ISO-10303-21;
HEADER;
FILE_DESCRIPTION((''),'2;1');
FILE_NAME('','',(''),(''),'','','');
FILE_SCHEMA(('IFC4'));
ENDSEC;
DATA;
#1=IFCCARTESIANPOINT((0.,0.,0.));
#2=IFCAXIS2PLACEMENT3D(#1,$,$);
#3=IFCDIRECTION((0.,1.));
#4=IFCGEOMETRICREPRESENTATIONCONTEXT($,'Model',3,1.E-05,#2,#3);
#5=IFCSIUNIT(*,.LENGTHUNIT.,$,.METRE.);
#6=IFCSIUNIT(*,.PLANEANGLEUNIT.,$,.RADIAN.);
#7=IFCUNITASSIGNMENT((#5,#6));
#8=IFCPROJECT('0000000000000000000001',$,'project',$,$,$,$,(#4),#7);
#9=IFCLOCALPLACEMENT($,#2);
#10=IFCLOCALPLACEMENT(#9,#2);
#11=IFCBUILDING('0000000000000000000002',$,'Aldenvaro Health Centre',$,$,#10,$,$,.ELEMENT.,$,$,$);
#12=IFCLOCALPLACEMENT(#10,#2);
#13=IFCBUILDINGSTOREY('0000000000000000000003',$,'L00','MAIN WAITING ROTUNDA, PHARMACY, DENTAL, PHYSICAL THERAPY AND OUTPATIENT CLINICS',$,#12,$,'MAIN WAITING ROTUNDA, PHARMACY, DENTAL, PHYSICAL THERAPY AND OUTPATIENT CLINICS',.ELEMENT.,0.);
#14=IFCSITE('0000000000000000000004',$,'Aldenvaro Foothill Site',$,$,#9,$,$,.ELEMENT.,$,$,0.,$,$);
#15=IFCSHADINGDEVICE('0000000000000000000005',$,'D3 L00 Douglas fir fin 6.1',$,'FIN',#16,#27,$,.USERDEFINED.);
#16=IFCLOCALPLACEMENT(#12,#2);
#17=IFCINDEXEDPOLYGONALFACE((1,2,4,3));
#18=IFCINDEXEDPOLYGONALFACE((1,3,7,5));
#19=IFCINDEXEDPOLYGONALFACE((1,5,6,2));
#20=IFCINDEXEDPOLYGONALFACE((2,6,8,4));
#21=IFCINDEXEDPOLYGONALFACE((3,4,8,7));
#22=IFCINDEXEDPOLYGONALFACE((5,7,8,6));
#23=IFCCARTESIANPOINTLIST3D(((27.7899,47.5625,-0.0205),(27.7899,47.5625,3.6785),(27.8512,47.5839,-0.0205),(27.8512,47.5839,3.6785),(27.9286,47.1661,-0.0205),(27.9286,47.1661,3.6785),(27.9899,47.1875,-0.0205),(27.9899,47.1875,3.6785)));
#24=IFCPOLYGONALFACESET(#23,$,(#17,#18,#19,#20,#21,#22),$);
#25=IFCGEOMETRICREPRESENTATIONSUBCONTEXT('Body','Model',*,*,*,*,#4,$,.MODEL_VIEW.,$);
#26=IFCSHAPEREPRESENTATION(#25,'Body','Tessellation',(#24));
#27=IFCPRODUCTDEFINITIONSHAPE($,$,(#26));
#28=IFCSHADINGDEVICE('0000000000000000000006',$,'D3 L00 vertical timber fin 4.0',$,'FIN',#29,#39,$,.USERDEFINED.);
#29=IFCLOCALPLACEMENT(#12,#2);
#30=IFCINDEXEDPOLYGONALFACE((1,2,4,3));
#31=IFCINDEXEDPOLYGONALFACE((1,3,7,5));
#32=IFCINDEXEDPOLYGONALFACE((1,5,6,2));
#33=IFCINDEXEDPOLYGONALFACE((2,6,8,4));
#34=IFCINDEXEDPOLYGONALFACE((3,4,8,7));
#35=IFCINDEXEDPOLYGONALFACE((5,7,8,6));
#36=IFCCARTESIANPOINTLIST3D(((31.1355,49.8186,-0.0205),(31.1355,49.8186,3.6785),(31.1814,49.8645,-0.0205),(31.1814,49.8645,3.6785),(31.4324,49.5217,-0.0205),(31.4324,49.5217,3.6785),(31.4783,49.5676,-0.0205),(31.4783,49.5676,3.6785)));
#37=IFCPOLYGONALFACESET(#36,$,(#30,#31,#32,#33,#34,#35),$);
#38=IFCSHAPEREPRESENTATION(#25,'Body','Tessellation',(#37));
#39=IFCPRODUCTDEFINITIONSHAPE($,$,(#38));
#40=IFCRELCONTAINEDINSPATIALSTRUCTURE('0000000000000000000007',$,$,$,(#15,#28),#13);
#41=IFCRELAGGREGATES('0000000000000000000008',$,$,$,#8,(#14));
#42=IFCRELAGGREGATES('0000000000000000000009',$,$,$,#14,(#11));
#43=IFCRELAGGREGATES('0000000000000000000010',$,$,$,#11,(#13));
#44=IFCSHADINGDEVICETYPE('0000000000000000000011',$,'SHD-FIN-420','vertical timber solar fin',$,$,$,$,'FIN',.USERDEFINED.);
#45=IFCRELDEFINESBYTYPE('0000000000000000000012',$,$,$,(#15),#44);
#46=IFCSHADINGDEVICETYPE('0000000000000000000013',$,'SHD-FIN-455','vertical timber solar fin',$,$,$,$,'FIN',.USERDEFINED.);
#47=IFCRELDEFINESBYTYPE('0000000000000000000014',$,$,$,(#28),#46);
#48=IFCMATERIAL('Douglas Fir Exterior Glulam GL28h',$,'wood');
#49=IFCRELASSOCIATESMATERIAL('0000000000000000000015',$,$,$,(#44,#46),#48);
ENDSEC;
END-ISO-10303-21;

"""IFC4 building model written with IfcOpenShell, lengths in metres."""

from ifc_helpers import new_model, si_unit, direction, frame, origin, origin_2d, place, context, subcontext, project, spatial, rectangle, extrude, material, type_object, element, save


model = new_model("IFC4")

# Units and contexts
model_context = context("Model", 3, precision=1e-05, world=origin(), true_north=direction((0.0, 1.0)))
body_context = subcontext(model_context, "Body", "Model", "MODEL_VIEW")
ifc_project = project(units=[si_unit("LENGTHUNIT", "METRE"), si_unit("PLANEANGLEUNIT", "RADIAN")], contexts=[model_context])

# Site, building, storey
site_placement = place(None, origin())
site = spatial("IfcSite", under=ifc_project, at=site_placement, Name="Aldenvaro Foothill Site", CompositionType="ELEMENT", RefElevation=0.0)
building_placement = place(site_placement, origin())
building = spatial("IfcBuilding", under=site, at=building_placement, Name="Aldenvaro Health Centre", CompositionType="ELEMENT")
storey_placement = place(building_placement, origin())
storey = spatial("IfcBuildingStorey", under=building, at=storey_placement, Name="L00", Description="MAIN WAITING ROTUNDA, PHARMACY, DENTAL, PHYSICAL THERAPY AND OUTPATIENT CLINICS", LongName="MAIN WAITING ROTUNDA, PHARMACY, DENTAL, PHYSICAL THERAPY AND OUTPATIENT CLINICS", CompositionType="ELEMENT", Elevation=0.0)

# Shading devices
ifc_material_1 = material(Name="Douglas Fir Exterior Glulam GL28h", Category="wood")
shading_device_type_1 = type_object("IfcShadingDeviceType", Name="SHD-FIN-420", Description="vertical timber solar fin", ElementType="FIN", PredefinedType="USERDEFINED", material=ifc_material_1)
shading_device_1_placement = place(storey_placement, frame((27.8899, 47.375, -0.0205), z_axis=(0.0, 0.0, 1.0), x_axis=(-0.943909, -0.330204, 0.0)))
element("IfcShadingDevice", 1, at=shading_device_1_placement, inside=storey, type_object=shading_device_type_1, Name="D3 L00 Douglas fir fin 6.1", ObjectType="FIN", PredefinedType="USERDEFINED", context=body_context, shape_type="SweptSolid", body=[
    extrude(rectangle(XDim=0.0649, YDim=0.4199, at=origin_2d()), origin(), (0.0, 0.0, 1.0), 3.699),
])
shading_device_type_2 = type_object("IfcShadingDeviceType", Name="SHD-FIN-455", Description="vertical timber solar fin", ElementType="FIN", PredefinedType="USERDEFINED", material=ifc_material_1)
shading_device_2_placement = place(storey_placement, frame((31.3069, 49.6931, -0.0205), z_axis=(0.0, 0.0, 1.0), x_axis=(-0.707107, -0.707107, 0.0)))
element("IfcShadingDevice", 2, at=shading_device_2_placement, inside=storey, type_object=shading_device_type_2, Name="D3 L00 vertical timber fin 4.0", ObjectType="FIN", PredefinedType="USERDEFINED", context=body_context, shape_type="SweptSolid", body=[
    extrude(rectangle(XDim=0.0649, YDim=0.4199, at=origin_2d()), origin(), (0.0, 0.0, 1.0), 3.699),
])

save(model, "model.ifc")
